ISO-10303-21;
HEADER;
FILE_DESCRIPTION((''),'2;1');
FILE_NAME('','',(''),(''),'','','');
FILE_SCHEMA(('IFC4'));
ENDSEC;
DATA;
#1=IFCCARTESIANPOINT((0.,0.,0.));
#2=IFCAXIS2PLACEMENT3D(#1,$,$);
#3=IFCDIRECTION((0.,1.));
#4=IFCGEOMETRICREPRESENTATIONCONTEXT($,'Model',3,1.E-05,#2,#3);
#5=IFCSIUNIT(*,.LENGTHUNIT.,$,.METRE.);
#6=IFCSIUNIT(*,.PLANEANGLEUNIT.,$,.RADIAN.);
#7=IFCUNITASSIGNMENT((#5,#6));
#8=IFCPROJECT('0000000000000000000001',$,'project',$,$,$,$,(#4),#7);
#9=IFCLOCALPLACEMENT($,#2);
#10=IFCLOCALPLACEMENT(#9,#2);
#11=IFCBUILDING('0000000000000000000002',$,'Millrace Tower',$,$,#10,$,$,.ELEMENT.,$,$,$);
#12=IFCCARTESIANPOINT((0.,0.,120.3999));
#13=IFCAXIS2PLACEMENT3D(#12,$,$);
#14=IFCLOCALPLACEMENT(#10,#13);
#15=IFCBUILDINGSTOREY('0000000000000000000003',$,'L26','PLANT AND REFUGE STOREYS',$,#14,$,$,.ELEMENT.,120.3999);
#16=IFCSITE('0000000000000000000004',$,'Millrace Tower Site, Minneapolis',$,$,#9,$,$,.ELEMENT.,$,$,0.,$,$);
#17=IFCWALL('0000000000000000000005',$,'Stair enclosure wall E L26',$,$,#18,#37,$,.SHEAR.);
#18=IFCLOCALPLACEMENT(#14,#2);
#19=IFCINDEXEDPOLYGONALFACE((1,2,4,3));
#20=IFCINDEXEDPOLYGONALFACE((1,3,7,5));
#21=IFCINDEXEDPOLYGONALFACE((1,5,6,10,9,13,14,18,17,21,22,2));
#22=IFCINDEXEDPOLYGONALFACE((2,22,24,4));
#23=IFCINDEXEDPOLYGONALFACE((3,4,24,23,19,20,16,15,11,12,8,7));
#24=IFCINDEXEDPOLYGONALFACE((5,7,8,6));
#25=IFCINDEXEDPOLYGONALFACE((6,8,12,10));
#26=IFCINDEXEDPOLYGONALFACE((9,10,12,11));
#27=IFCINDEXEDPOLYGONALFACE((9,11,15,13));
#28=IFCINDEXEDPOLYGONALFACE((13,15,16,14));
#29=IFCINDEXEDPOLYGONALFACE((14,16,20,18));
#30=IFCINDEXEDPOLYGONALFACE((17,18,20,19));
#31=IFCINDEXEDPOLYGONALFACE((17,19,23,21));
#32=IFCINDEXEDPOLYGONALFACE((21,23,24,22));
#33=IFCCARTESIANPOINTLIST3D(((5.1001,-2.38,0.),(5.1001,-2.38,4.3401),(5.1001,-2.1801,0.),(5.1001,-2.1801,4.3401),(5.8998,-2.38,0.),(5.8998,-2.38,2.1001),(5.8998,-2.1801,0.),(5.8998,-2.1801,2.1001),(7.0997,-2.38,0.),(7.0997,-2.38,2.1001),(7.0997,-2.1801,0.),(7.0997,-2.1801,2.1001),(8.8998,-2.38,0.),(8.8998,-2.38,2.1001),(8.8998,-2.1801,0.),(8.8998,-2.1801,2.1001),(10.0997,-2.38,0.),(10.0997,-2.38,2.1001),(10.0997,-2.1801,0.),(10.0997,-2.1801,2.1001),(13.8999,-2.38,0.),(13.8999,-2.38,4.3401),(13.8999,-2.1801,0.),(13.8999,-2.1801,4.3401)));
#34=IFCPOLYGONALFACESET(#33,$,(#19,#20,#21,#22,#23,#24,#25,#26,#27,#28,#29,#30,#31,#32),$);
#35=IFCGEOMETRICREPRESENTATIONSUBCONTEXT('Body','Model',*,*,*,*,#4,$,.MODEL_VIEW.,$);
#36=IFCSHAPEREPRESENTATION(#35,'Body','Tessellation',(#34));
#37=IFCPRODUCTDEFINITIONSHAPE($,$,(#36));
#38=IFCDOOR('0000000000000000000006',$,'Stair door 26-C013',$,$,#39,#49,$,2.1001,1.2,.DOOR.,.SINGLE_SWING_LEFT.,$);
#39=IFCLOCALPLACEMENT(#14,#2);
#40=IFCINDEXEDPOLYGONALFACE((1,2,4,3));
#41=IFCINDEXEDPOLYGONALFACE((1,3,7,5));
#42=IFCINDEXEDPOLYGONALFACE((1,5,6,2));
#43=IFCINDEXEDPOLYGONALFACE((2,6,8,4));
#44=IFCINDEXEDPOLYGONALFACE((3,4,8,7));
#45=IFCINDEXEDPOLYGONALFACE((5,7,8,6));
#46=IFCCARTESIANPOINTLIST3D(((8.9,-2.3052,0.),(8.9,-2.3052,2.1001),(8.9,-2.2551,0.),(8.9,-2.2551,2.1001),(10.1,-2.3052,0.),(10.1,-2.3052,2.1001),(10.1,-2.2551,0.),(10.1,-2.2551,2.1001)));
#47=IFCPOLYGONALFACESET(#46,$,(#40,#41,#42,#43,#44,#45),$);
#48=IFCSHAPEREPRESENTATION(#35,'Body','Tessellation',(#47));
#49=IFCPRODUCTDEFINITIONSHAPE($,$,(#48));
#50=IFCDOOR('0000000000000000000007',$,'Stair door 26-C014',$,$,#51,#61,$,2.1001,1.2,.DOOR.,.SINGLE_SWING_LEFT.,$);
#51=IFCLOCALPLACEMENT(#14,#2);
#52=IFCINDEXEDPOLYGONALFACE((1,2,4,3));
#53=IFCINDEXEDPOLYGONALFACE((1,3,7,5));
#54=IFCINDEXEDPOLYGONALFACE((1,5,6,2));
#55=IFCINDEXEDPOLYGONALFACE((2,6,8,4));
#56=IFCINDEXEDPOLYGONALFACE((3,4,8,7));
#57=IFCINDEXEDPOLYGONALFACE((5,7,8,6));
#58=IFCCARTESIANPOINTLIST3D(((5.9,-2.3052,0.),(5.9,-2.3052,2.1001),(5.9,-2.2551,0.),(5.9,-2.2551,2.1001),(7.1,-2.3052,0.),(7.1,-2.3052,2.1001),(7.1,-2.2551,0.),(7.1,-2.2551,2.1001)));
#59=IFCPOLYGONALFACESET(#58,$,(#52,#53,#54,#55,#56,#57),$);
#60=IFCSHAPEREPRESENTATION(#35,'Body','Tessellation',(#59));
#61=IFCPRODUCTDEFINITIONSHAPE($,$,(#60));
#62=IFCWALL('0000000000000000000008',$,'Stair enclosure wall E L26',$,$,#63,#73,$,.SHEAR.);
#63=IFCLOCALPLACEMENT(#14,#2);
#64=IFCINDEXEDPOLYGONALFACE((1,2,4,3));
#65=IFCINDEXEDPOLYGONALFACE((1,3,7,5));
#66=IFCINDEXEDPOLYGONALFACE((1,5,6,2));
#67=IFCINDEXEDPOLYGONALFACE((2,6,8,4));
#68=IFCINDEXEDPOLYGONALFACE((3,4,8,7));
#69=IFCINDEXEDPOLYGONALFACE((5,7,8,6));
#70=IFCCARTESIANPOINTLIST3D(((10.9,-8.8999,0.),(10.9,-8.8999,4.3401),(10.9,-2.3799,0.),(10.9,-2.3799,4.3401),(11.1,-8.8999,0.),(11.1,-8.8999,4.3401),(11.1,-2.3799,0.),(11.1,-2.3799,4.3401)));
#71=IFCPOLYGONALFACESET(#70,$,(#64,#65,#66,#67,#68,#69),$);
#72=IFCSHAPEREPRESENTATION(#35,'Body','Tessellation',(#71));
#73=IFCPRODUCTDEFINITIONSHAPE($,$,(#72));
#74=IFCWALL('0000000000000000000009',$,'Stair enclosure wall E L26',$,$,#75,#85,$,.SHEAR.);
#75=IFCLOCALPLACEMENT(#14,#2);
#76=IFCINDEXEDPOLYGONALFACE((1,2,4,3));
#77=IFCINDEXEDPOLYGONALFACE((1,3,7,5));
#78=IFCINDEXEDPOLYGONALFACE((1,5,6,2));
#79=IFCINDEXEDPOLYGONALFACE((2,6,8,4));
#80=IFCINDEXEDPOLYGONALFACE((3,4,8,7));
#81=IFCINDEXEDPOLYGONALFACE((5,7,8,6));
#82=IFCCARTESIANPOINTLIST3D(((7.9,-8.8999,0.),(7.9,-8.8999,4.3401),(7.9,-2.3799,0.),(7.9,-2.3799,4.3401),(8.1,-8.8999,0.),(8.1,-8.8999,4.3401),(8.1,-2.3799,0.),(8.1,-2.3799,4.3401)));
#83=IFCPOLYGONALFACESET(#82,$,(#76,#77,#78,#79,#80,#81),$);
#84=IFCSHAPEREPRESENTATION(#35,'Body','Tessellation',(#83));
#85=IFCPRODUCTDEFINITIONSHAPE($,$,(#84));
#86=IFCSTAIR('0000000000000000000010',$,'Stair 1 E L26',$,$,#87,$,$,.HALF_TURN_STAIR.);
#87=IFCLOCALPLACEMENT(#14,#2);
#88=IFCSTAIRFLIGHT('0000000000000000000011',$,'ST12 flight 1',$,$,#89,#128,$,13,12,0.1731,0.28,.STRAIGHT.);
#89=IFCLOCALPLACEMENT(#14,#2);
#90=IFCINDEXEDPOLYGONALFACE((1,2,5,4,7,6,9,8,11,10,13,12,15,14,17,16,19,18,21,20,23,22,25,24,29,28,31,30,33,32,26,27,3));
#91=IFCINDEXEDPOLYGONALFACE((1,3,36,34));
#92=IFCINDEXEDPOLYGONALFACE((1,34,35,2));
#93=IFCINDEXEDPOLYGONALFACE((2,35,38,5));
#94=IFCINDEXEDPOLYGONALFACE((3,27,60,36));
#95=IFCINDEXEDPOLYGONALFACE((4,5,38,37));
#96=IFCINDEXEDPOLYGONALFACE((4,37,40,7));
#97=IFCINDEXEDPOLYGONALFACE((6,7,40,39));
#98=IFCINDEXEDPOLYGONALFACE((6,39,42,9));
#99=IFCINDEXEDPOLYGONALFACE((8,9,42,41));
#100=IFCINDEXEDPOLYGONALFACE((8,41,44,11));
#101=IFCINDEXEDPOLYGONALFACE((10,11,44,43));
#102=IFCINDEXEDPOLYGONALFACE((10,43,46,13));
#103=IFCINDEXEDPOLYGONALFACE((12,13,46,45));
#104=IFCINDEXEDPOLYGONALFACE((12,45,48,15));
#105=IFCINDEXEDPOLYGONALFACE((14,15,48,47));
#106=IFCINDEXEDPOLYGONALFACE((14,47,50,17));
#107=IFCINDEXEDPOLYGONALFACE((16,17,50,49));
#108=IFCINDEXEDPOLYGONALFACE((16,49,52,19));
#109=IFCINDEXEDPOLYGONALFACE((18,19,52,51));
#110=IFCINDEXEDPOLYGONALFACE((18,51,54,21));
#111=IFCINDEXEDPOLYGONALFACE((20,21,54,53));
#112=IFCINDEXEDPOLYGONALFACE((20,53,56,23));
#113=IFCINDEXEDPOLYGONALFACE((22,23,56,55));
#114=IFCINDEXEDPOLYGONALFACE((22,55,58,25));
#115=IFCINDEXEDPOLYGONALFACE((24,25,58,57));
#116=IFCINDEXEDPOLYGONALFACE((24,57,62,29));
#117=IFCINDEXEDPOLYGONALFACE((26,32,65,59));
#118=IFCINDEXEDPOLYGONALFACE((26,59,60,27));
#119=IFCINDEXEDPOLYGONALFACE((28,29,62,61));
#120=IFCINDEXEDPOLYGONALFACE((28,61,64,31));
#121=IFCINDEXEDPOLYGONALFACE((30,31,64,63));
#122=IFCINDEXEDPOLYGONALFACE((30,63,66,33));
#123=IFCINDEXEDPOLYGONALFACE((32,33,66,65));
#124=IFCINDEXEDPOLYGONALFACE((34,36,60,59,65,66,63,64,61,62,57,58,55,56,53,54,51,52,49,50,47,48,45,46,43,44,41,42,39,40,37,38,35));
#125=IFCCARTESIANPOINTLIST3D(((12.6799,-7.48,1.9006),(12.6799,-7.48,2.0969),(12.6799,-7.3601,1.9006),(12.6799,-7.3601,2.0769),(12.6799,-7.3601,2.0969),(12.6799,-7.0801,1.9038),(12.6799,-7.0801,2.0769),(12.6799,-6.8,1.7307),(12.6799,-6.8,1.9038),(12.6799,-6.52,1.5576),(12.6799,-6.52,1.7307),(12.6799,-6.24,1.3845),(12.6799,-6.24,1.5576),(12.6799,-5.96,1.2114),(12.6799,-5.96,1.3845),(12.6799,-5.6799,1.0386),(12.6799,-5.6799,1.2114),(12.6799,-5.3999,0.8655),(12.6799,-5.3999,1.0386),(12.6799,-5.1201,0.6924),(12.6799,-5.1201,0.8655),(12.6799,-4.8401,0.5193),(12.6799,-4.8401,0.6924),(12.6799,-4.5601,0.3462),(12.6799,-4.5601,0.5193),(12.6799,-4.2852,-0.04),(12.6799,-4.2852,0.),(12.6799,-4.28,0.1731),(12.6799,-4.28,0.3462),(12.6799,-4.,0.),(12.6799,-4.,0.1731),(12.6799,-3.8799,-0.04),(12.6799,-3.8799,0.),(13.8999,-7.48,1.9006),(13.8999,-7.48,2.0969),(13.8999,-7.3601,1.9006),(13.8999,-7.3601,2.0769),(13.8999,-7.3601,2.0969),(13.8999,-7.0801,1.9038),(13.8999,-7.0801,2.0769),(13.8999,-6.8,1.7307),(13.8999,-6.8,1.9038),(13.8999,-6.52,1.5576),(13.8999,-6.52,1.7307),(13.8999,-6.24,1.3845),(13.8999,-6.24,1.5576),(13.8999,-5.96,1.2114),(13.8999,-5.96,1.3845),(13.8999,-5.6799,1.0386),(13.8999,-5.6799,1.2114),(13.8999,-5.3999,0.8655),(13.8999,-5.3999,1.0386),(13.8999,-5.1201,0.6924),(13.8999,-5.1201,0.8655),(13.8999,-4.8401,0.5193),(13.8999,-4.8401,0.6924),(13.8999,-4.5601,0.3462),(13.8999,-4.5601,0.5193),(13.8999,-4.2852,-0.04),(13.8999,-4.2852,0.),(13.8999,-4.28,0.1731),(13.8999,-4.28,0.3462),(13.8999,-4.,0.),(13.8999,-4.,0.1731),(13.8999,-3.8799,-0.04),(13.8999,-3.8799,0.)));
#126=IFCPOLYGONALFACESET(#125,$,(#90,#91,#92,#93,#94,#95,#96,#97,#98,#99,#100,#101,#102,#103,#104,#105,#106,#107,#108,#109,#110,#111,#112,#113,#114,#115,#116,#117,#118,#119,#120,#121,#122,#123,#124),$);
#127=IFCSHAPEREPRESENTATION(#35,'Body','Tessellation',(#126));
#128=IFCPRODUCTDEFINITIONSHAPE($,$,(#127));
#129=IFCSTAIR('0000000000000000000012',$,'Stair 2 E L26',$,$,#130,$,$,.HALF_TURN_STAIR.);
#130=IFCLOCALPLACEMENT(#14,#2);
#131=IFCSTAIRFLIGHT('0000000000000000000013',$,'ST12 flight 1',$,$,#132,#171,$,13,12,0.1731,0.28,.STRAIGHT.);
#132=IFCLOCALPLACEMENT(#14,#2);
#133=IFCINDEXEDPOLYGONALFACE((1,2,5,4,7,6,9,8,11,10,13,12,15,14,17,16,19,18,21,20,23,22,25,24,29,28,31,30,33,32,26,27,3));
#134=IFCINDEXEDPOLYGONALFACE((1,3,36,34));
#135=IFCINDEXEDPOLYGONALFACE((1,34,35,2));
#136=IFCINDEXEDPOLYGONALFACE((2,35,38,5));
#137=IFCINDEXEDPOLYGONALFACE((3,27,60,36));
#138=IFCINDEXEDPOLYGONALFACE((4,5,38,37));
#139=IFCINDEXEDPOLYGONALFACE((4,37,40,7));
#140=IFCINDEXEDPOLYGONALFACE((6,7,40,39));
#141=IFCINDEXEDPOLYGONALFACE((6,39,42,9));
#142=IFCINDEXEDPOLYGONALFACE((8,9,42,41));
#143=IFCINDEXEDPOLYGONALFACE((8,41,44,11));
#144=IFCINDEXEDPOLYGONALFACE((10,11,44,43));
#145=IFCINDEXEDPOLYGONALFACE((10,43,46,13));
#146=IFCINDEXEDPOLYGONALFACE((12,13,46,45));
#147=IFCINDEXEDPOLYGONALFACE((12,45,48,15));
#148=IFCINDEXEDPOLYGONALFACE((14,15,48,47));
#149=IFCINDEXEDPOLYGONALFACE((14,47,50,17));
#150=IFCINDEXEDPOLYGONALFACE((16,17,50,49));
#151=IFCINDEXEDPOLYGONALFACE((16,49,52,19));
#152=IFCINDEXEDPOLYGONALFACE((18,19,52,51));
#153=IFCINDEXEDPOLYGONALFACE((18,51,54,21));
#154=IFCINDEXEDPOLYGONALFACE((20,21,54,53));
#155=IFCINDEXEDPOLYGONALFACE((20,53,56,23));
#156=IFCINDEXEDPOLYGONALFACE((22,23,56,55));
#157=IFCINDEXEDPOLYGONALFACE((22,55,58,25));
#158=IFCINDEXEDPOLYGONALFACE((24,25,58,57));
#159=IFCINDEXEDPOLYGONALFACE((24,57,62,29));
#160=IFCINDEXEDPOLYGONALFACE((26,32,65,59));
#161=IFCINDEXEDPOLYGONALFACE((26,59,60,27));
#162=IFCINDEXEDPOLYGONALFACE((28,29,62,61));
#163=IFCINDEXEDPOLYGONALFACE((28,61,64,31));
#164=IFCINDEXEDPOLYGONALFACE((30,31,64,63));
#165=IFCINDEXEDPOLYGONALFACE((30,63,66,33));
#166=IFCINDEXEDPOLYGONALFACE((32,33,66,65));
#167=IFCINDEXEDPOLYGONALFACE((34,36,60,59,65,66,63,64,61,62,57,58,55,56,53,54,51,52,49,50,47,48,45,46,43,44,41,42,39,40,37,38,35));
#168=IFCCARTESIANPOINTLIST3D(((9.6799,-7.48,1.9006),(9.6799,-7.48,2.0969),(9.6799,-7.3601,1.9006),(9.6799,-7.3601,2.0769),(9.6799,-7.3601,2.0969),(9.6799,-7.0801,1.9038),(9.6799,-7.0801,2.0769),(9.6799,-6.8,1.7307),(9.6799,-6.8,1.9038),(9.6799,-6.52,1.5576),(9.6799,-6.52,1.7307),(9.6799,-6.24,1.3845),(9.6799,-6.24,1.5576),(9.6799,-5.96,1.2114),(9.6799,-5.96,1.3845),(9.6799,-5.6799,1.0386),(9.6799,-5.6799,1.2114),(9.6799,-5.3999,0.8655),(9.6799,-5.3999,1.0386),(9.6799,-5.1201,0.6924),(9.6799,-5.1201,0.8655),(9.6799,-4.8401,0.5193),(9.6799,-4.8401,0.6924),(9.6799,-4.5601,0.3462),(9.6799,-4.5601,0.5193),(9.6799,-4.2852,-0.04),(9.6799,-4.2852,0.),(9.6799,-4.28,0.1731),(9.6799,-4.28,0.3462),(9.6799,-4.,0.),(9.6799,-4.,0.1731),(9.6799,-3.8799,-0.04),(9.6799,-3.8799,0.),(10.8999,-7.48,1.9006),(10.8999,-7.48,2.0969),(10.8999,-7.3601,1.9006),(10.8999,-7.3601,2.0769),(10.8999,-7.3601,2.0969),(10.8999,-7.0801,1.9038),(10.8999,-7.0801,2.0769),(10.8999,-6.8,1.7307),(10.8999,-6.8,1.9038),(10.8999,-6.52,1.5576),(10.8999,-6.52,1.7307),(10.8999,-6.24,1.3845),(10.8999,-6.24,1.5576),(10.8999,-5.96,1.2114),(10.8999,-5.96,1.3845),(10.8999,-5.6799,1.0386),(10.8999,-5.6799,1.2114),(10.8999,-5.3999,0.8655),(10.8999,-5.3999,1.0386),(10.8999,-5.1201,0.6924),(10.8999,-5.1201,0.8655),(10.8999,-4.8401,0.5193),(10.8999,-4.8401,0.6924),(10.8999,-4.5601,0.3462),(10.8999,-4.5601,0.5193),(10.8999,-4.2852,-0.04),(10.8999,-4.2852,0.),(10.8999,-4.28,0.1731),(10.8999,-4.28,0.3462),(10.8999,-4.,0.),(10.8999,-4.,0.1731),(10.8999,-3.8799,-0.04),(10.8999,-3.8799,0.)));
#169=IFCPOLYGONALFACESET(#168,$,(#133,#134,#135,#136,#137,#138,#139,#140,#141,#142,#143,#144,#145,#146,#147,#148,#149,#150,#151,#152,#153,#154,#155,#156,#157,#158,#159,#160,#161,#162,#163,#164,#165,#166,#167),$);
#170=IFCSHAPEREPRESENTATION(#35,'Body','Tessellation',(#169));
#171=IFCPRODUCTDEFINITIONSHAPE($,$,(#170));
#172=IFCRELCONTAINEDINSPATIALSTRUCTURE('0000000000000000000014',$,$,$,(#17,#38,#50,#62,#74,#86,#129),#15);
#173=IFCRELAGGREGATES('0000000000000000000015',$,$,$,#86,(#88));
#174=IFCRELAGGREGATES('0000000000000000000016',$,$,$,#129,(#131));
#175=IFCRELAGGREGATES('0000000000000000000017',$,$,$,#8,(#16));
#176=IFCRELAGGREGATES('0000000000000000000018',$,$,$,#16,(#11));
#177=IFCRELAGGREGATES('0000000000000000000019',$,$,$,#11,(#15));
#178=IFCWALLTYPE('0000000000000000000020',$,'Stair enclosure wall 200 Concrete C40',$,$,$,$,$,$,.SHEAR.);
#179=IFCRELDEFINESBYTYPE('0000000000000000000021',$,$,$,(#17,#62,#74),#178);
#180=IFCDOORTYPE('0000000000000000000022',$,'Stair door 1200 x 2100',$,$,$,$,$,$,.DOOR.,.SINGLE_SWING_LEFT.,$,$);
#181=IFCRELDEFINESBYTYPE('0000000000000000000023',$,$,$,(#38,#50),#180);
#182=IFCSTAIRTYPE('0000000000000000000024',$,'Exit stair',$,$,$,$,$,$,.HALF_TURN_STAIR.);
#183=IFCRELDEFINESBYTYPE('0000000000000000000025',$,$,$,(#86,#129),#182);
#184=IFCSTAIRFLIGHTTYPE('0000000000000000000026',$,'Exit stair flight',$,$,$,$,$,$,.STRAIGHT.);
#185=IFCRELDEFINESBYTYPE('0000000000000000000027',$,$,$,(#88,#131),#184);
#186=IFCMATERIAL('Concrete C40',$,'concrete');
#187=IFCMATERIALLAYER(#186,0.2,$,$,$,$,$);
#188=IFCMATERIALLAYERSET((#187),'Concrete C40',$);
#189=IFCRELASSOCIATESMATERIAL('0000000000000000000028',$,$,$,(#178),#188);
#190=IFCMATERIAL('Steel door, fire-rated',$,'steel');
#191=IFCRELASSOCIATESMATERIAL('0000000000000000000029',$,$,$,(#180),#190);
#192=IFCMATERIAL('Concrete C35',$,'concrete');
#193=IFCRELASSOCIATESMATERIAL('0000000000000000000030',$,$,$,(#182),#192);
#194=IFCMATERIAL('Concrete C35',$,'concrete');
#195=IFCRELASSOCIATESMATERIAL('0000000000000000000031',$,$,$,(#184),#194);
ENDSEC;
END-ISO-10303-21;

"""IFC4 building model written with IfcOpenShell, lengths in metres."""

from ifc_helpers import new_model, si_unit, direction, frame, frame_2d, origin, place, context, subcontext, project, spatial, polyline, rectangle, outline, extrude, material, layer, layer_set, type_object, element, fill, aggregate, save


model = new_model("IFC4")

# Units and contexts
model_context = context("Model", 3, precision=1e-05, world=origin(), true_north=direction((0.0, 1.0)))
body_context = subcontext(model_context, "Body", "Model", "MODEL_VIEW")
ifc_project = project(units=[si_unit("LENGTHUNIT", "METRE"), si_unit("PLANEANGLEUNIT", "RADIAN")], contexts=[model_context])

# Site, building, storey
site_placement = place(None, origin())
site = spatial("IfcSite", under=ifc_project, at=site_placement, Name="Millrace Tower Site, Minneapolis", CompositionType="ELEMENT", RefElevation=0.0)
building_placement = place(site_placement, origin())
building = spatial("IfcBuilding", under=site, at=building_placement, Name="Millrace Tower", CompositionType="ELEMENT")
storey_placement = place(building_placement, frame((0.0, 0.0, 120.3999)))
storey = spatial("IfcBuildingStorey", under=building, at=storey_placement, Name="L26", Description="PLANT AND REFUGE STOREYS", CompositionType="ELEMENT", Elevation=120.3999)

# Shared definitions
ifc_material_1 = material(Name="Concrete C40", Category="concrete")
ifc_layer_1 = layer(ifc_material_1, 0.2)
ifc_layer_set_1 = layer_set([ifc_layer_1], Name="Concrete C40")
wall_type_1 = type_object("IfcWallType", Name="Stair enclosure wall 200 Concrete C40", PredefinedType="SHEAR", material=ifc_layer_set_1)

# Wall, openings, doors
wall_1_placement = place(storey_placement, frame((13.8999, -2.28, 0.0), z_axis=(0.0, 0.0, 1.0), x_axis=(-1.0, 0.0, 0.0)))
wall_1 = element("IfcWall", 1, at=wall_1_placement, inside=storey, type_object=wall_type_1, Name="Stair enclosure wall E L26", PredefinedType="SHEAR", context=body_context, shape_type="SweptSolid", body=[
    extrude(rectangle(XDim=8.7998, YDim=0.2, at=frame_2d((4.3999, 0.0))), origin(), (0.0, 0.0, 1.0), 4.3401),
])
opening_1_placement = place(wall_1_placement, frame((3.8, 0.0, 0.0)))
opening_1 = element("IfcOpeningElement", 2, at=opening_1_placement, cuts=wall_1, PredefinedType="OPENING", context=body_context, shape_type="SweptSolid", body=[
    extrude(rectangle(XDim=1.2, YDim=2.1001, at=frame_2d((0.6001, 1.05))), frame((0.0, 0.1099, 0.0), z_axis=(0.0, -1.0, 0.0), x_axis=(1.0, 0.0, 0.0)), (0.0, 0.0, 1.0), 0.22),
])
opening_2_placement = place(wall_1_placement, frame((6.8, 0.0, 0.0)))
opening_2 = element("IfcOpeningElement", 3, at=opening_2_placement, cuts=wall_1, PredefinedType="OPENING", context=body_context, shape_type="SweptSolid", body=[
    extrude(rectangle(XDim=1.2, YDim=2.1001, at=frame_2d((0.6001, 1.05))), frame((0.0, 0.1099, 0.0), z_axis=(0.0, -1.0, 0.0), x_axis=(1.0, 0.0, 0.0)), (0.0, 0.0, 1.0), 0.22),
])
ifc_material_2 = material(Name="Steel door, fire-rated", Category="steel")
door_type_1 = type_object("IfcDoorType", Name="Stair door 1200 x 2100", OperationType="SINGLE_SWING_LEFT", PredefinedType="DOOR", material=ifc_material_2)
door_1_placement = place(opening_1_placement, frame((1.2, 0.0, 0.0), z_axis=(0.0, 0.0, 1.0), x_axis=(-1.0, 0.0, 0.0)))
door_1 = element("IfcDoor", 4, at=door_1_placement, inside=storey, type_object=door_type_1, Name="Stair door 26-C013", OperationType="SINGLE_SWING_LEFT", OverallHeight=2.1001, OverallWidth=1.2, PredefinedType="DOOR", context=body_context, shape_type="SweptSolid", body=[
    extrude(rectangle(XDim=1.2, YDim=2.1001, at=frame_2d((0.6001, 1.05))), frame((0.0, 0.0249, 0.0), z_axis=(0.0, -1.0, 0.0), x_axis=(1.0, 0.0, 0.0)), (0.0, 0.0, 1.0), 0.05),
])
fill(opening_1, door_1)
door_2_placement = place(opening_2_placement, frame((1.2, 0.0, 0.0), z_axis=(0.0, 0.0, 1.0), x_axis=(-1.0, 0.0, 0.0)))
door_2 = element("IfcDoor", 5, at=door_2_placement, inside=storey, type_object=door_type_1, Name="Stair door 26-C014", OperationType="SINGLE_SWING_LEFT", OverallHeight=2.1001, OverallWidth=1.2, PredefinedType="DOOR", context=body_context, shape_type="SweptSolid", body=[
    extrude(rectangle(XDim=1.2, YDim=2.1001, at=frame_2d((0.6001, 1.05))), frame((0.0, 0.0249, 0.0), z_axis=(0.0, -1.0, 0.0), x_axis=(1.0, 0.0, 0.0)), (0.0, 0.0, 1.0), 0.05),
])
fill(opening_2, door_2)

# Walls
for number, where, z_axis, x_axis, name in (
    (6, (11.0, -2.3799, 0.0), (0.0, 0.0, 1.0), (0.0, -1.0, 0.0), "Stair enclosure wall E L26"),
    (7, (8.0, -2.3799, 0.0), (0.0, 0.0, 1.0), (0.0, -1.0, 0.0), "Stair enclosure wall E L26"),
):
    element("IfcWall", number, at=place(storey_placement, frame(where, z_axis=z_axis, x_axis=x_axis)), inside=storey, type_object=wall_type_1, Name=name, PredefinedType="SHEAR", context=body_context, shape_type="SweptSolid", body=[
        extrude(rectangle(XDim=6.52, YDim=0.2, at=frame_2d((3.26, 0.0))), origin(), (0.0, 0.0, 1.0), 4.3401),
    ])

# Stairs, stair flights
ifc_material_3 = material(Name="Concrete C35", Category="concrete")
stair_type = type_object("IfcStairType", Name="Exit stair", PredefinedType="HALF_TURN_STAIR", material=ifc_material_3)
placement = place(storey_placement, origin())
stair_1 = element("IfcStair", 8, at=placement, inside=storey, type_object=stair_type, Name="Stair 1 E L26", PredefinedType="HALF_TURN_STAIR")
ifc_material_4 = material(Name="Concrete C35", Category="concrete")
stair_flight_type = type_object("IfcStairFlightType", Name="Exit stair flight", PredefinedType="STRAIGHT", material=ifc_material_4)
stair_flight_1_placement = place(storey_placement, frame((13.29, -4.0, 0.0), z_axis=(0.0, 0.0, 1.0), x_axis=(0.0, -1.0, 0.0)))
stair_flight_1 = element("IfcStairFlight", 9, at=stair_flight_1_placement, type_object=stair_flight_type, Name="ST12 flight 1", NumberOfRisers=13, NumberOfTreads=12, PredefinedType="STRAIGHT", RiserHeight=0.1731, TreadLength=0.28, context=body_context, shape_type="SweptSolid", body=[
    extrude(outline(polyline([(-0.1201, -0.04), (-0.1201, 0.0), (0.0, 0.0), (0.0, 0.1731), (0.28, 0.1731), (0.28, 0.3462), (0.5601, 0.3462), (0.5601, 0.5193), (0.8401, 0.5193), (0.8401, 0.6924), (1.1201, 0.6924), (1.1201, 0.8655), (1.3999, 0.8655), (1.3999, 1.0386), (1.6799, 1.0386), (1.6799, 1.2114), (1.96, 1.2114), (1.96, 1.3845), (2.24, 1.3845), (2.24, 1.5576), (2.52, 1.5576), (2.52, 1.7307), (2.8, 1.7307), (2.8, 1.9038), (3.0801, 1.9038), (3.0801, 2.0769), (3.3601, 2.0769), (3.3601, 2.0969), (3.48, 2.0969), (3.48, 1.9006), (3.3601, 1.9006), (0.2852, 0.0), (0.2852, -0.04), (-0.1201, -0.04)])), frame((0.0, 0.6099, 0.0), z_axis=(0.0, -1.0, 0.0), x_axis=(1.0, 0.0, 0.0)), (0.0, 0.0, 1.0), 1.22),
])
aggregate(stair_1, [stair_flight_1])
stair_2 = element("IfcStair", 10, at=placement, inside=storey, type_object=stair_type, Name="Stair 2 E L26", PredefinedType="HALF_TURN_STAIR")
stair_flight_2_placement = place(storey_placement, frame((10.29, -4.0, 0.0), z_axis=(0.0, 0.0, 1.0), x_axis=(0.0, -1.0, 0.0)))
stair_flight_2 = element("IfcStairFlight", 11, at=stair_flight_2_placement, type_object=stair_flight_type, Name="ST12 flight 1", NumberOfRisers=13, NumberOfTreads=12, PredefinedType="STRAIGHT", RiserHeight=0.1731, TreadLength=0.28, context=body_context, shape_type="SweptSolid", body=[
    extrude(outline(polyline([(-0.1201, -0.04), (-0.1201, 0.0), (0.0, 0.0), (0.0, 0.1731), (0.28, 0.1731), (0.28, 0.3462), (0.5601, 0.3462), (0.5601, 0.5193), (0.8401, 0.5193), (0.8401, 0.6924), (1.1201, 0.6924), (1.1201, 0.8655), (1.3999, 0.8655), (1.3999, 1.0386), (1.6799, 1.0386), (1.6799, 1.2114), (1.96, 1.2114), (1.96, 1.3845), (2.24, 1.3845), (2.24, 1.5576), (2.52, 1.5576), (2.52, 1.7307), (2.8, 1.7307), (2.8, 1.9038), (3.0801, 1.9038), (3.0801, 2.0769), (3.3601, 2.0769), (3.3601, 2.0969), (3.48, 2.0969), (3.48, 1.9006), (3.3601, 1.9006), (0.2852, 0.0), (0.2852, -0.04), (-0.1201, -0.04)])), frame((0.0, 0.6099, 0.0), z_axis=(0.0, -1.0, 0.0), x_axis=(1.0, 0.0, 0.0)), (0.0, 0.0, 1.0), 1.22),
])
aggregate(stair_2, [stair_flight_2])

save(model, "model.ifc")
